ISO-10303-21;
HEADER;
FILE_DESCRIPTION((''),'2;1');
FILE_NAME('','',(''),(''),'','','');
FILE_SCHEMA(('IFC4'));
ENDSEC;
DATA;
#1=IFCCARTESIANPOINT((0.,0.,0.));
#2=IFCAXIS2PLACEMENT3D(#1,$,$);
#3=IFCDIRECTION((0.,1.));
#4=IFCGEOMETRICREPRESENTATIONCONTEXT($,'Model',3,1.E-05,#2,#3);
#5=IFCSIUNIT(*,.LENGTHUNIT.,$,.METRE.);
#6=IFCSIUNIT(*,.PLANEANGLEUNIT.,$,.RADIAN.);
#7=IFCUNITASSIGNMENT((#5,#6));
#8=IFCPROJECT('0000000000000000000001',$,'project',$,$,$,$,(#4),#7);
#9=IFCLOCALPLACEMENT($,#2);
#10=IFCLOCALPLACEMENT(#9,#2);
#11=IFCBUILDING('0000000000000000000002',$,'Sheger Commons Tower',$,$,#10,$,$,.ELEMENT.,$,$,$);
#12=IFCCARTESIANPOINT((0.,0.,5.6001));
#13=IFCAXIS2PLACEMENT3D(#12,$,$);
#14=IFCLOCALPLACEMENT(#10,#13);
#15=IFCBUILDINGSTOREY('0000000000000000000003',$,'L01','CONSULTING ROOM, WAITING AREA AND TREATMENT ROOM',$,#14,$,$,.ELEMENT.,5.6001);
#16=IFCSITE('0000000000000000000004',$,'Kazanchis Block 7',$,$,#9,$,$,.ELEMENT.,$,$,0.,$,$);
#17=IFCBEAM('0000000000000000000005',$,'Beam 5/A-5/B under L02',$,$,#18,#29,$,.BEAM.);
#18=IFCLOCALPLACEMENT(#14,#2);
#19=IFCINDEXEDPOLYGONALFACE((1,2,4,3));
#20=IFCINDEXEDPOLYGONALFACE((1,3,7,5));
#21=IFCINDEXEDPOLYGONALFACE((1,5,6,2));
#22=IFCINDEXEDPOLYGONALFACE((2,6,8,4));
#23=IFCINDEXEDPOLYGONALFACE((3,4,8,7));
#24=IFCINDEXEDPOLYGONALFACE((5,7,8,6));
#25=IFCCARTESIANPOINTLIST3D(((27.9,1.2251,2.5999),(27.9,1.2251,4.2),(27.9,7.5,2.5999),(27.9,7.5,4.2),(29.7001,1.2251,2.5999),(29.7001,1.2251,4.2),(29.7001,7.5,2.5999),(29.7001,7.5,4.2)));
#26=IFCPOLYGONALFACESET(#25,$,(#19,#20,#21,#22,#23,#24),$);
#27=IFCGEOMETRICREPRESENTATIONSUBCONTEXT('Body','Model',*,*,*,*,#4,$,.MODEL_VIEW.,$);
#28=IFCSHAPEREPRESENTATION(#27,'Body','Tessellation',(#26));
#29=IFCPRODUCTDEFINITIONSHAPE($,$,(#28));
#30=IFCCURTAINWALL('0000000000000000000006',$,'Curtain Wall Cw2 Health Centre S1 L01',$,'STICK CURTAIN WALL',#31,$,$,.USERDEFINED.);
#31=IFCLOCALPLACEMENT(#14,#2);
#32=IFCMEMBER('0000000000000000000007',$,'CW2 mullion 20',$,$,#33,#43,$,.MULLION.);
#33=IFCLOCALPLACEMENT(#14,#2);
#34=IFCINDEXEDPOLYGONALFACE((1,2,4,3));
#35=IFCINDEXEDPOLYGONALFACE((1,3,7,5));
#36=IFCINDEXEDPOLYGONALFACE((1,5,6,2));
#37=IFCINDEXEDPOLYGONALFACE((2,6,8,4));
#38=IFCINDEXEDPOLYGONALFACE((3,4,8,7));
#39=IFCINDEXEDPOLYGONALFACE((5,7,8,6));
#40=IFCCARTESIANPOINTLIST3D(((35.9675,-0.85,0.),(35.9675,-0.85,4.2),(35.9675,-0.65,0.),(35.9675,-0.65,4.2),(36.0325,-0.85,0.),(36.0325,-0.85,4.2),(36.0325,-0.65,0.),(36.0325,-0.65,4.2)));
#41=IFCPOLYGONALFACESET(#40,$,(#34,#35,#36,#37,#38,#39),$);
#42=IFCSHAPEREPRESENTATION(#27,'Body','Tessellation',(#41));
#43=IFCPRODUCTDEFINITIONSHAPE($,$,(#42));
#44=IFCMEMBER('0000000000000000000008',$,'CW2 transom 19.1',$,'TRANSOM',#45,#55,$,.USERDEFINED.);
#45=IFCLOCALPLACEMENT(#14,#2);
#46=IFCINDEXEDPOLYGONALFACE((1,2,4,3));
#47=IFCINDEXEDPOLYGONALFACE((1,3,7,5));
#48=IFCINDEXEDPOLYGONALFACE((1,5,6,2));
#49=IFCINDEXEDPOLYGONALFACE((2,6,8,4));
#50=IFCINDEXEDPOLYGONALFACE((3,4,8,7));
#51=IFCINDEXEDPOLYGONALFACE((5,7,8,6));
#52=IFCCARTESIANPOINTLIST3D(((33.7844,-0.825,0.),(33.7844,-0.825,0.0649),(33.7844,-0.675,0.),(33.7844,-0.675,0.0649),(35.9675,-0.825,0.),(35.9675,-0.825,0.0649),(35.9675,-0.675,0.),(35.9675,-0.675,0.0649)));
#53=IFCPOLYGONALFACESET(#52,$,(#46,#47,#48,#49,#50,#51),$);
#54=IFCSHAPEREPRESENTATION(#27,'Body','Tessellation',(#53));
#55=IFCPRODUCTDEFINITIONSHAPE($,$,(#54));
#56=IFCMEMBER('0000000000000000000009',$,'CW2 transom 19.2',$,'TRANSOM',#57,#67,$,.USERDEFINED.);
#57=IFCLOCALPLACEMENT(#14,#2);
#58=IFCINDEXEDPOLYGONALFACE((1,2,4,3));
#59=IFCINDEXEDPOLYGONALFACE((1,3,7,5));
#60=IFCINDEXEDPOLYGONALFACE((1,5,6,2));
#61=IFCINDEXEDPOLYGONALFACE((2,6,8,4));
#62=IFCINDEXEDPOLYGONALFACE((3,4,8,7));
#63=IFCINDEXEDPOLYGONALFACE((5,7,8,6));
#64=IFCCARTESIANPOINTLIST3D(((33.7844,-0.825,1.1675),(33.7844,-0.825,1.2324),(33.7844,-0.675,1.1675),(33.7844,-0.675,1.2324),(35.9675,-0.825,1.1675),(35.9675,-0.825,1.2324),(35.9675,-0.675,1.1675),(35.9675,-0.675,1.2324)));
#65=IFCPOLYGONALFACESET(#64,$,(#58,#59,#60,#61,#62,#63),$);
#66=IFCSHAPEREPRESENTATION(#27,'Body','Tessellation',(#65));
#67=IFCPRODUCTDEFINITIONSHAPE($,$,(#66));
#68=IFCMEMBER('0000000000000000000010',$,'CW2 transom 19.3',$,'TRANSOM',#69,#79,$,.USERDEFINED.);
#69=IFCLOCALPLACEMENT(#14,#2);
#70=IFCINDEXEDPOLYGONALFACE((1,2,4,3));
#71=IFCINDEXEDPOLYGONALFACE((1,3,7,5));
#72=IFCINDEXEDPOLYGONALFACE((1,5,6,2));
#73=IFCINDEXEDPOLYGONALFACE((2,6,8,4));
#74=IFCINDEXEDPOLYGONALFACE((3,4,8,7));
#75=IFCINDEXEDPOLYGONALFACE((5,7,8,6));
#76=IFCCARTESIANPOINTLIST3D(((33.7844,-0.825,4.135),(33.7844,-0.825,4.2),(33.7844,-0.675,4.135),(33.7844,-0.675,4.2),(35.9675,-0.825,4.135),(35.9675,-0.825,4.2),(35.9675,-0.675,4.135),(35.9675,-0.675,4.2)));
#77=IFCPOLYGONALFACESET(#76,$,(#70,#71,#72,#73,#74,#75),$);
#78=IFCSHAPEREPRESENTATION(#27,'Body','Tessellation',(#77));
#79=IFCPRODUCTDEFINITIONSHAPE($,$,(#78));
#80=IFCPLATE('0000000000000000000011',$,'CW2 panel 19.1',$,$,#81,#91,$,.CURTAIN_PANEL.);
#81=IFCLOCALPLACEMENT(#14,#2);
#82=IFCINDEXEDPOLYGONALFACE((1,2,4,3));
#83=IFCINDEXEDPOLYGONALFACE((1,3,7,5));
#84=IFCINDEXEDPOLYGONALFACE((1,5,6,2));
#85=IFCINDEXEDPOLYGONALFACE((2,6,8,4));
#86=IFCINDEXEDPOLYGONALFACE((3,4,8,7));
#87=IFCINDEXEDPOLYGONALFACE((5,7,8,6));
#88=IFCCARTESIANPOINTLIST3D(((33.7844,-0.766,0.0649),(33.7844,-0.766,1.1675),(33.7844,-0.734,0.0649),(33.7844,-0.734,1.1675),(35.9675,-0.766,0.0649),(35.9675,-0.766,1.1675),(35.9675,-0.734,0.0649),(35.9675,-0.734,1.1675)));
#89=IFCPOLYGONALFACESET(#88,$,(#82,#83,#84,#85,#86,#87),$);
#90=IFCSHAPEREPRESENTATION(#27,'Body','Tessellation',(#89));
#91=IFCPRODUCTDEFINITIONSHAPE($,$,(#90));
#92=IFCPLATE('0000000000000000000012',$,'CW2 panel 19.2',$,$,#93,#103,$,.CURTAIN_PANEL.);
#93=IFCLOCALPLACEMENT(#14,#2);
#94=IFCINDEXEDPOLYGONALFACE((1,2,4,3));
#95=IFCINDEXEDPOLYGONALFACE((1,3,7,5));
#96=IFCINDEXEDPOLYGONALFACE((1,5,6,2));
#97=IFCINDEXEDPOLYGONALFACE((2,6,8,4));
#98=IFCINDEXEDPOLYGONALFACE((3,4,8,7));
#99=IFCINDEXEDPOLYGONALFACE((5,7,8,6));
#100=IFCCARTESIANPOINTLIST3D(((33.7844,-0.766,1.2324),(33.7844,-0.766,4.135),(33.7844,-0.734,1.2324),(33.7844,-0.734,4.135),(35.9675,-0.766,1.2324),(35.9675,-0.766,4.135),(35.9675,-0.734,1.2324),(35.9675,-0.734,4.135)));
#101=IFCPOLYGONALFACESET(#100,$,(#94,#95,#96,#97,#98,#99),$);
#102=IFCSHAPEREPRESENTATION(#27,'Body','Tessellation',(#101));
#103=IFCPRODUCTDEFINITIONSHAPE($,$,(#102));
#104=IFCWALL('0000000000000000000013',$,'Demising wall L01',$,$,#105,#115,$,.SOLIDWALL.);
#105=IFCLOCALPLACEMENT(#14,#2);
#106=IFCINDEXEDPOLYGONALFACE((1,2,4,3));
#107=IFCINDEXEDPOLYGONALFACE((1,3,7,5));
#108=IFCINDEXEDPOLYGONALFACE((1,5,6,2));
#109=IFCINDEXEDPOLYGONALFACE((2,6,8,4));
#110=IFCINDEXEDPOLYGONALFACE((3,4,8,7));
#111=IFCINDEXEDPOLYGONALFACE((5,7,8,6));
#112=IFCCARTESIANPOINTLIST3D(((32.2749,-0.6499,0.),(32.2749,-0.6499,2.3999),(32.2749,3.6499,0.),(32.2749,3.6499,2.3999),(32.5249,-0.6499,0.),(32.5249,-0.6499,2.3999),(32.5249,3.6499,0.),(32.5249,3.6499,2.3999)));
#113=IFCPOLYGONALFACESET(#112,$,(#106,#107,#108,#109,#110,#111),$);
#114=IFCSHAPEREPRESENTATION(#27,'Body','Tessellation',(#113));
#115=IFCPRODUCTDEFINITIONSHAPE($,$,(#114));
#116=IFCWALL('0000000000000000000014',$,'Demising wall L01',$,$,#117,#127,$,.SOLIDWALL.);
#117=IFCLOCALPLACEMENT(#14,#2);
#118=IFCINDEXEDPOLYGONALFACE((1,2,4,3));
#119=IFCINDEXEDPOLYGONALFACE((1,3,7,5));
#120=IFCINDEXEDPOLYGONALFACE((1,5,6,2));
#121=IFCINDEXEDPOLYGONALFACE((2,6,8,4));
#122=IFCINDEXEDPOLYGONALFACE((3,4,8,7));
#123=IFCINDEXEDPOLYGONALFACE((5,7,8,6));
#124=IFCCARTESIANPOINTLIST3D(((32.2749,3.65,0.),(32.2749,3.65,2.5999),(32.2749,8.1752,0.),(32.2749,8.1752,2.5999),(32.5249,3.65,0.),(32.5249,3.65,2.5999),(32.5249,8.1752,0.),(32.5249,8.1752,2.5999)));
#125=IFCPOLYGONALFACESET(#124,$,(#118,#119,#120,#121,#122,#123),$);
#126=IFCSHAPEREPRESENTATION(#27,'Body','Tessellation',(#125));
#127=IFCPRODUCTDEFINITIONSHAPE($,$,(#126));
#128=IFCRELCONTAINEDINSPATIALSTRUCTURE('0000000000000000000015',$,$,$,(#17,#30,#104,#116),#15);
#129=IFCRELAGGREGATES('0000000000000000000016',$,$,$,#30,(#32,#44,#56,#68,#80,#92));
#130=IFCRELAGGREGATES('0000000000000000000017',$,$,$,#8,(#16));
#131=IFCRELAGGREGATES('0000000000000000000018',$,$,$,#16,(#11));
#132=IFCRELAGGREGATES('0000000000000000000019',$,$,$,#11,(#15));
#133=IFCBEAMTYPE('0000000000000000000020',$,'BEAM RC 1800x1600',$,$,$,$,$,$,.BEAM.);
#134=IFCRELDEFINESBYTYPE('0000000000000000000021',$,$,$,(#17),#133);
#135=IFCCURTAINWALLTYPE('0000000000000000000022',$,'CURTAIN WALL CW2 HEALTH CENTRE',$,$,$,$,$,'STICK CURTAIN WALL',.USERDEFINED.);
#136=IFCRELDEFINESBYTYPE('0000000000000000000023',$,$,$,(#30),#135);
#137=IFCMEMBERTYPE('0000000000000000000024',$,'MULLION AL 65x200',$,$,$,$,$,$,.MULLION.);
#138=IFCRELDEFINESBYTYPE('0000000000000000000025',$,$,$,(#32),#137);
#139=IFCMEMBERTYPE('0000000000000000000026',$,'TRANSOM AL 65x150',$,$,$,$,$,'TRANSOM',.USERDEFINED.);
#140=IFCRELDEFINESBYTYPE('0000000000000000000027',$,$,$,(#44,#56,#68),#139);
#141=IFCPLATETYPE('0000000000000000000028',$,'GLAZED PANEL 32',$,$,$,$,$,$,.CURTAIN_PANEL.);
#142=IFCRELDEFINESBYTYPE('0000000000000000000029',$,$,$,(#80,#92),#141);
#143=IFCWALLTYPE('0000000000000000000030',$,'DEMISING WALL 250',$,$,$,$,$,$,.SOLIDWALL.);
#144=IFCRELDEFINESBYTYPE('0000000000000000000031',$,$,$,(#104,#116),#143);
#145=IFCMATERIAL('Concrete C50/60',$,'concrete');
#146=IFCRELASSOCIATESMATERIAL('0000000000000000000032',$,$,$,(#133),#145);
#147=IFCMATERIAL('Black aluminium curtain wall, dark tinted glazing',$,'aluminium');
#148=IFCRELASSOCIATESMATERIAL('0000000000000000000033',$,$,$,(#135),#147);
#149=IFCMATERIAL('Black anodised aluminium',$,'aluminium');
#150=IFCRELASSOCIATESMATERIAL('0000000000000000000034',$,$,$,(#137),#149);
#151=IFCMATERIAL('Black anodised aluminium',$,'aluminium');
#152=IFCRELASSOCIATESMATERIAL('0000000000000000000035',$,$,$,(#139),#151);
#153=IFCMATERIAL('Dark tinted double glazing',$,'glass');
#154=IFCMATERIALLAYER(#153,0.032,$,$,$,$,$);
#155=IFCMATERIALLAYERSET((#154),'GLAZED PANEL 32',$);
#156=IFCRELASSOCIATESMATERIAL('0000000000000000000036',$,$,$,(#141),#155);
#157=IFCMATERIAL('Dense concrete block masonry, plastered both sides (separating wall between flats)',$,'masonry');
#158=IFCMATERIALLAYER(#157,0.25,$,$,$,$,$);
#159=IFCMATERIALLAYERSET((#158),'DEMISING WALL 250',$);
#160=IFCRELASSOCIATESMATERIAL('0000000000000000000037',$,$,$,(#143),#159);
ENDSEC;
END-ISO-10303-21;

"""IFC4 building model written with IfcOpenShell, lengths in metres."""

from ifc_helpers import new_model, si_unit, direction, frame, frame_2d, origin, origin_2d, place, context, subcontext, project, spatial, rectangle, extrude, material, layer, layer_set, material_profile, profile_set, type_object, element, aggregate, save


model = new_model("IFC4")

# Units and contexts
model_context = context("Model", 3, precision=1e-05, world=origin(), true_north=direction((0.0, 1.0)))
body_context = subcontext(model_context, "Body", "Model", "MODEL_VIEW")
ifc_project = project(units=[si_unit("LENGTHUNIT", "METRE"), si_unit("PLANEANGLEUNIT", "RADIAN")], contexts=[model_context])

# Site, building, storey
site_placement = place(None, origin())
site = spatial("IfcSite", under=ifc_project, at=site_placement, Name="Kazanchis Block 7", CompositionType="ELEMENT", RefElevation=0.0)
building_placement = place(site_placement, origin())
building = spatial("IfcBuilding", under=site, at=building_placement, Name="Sheger Commons Tower", CompositionType="ELEMENT")
storey_placement = place(building_placement, frame((0.0, 0.0, 5.6001)))
storey = spatial("IfcBuildingStorey", under=building, at=storey_placement, Name="L01", Description="CONSULTING ROOM, WAITING AREA AND TREATMENT ROOM", CompositionType="ELEMENT", Elevation=5.6001)

# Beam
ifc_material_1 = material(Name="Concrete C50/60", Category="concrete")
ifc_material_profile_1 = material_profile(ifc_material_1, rectangle(XDim=1.8, YDim=1.6001, at=origin_2d()), Name="RC 1800x1600")
ifc_profile_set_1 = profile_set([ifc_material_profile_1], Name="Concrete C50/60")
beam_type = type_object("IfcBeamType", Name="BEAM RC 1800x1600", PredefinedType="BEAM", material=ifc_profile_set_1)
beam_placement = place(storey_placement, frame((28.8, 1.2251, 3.3999), z_axis=(0.0, 1.0, 0.0), x_axis=(-1.0, 0.0, 0.0)))
element("IfcBeam", 1, at=beam_placement, inside=storey, type_object=beam_type, Name="Beam 5/A-5/B under L02", PredefinedType="BEAM", context=body_context, shape_type="SweptSolid", body=[
    extrude(rectangle(XDim=1.8, YDim=1.6001, at=origin_2d()), origin(), (0.0, 0.0, 1.0), 6.2749),
])

# Curtain wall, members, plates
ifc_material_2 = material(Name="Black aluminium curtain wall, dark tinted glazing", Category="aluminium")
curtain_wall_type = type_object("IfcCurtainWallType", Name="CURTAIN WALL CW2 HEALTH CENTRE", ElementType="STICK CURTAIN WALL", PredefinedType="USERDEFINED", material=ifc_material_2)
curtain_wall_placement = place(storey_placement, origin())
curtain_wall = element("IfcCurtainWall", 2, at=curtain_wall_placement, inside=storey, type_object=curtain_wall_type, Name="Curtain Wall Cw2 Health Centre S1 L01", ObjectType="STICK CURTAIN WALL", PredefinedType="USERDEFINED")
ifc_material_3 = material(Name="Black anodised aluminium", Category="aluminium")
ifc_material_profile_2 = material_profile(ifc_material_3, rectangle(XDim=0.2, YDim=0.0649, at=origin_2d()), Name="AL 65x200")
ifc_profile_set_2 = profile_set([ifc_material_profile_2], Name="Black anodised aluminium")
member_type_1 = type_object("IfcMemberType", Name="MULLION AL 65x200", PredefinedType="MULLION", material=ifc_profile_set_2)
member_1_placement = place(storey_placement, frame((36.0, -0.75, 0.0), z_axis=(0.0, 0.0, 1.0), x_axis=(0.0, 1.0, 0.0)))
member_1 = element("IfcMember", 3, at=member_1_placement, type_object=member_type_1, Name="CW2 mullion 20", PredefinedType="MULLION", context=body_context, shape_type="SweptSolid", body=[
    extrude(rectangle(XDim=0.2, YDim=0.0649, at=origin_2d()), origin(), (0.0, 0.0, 1.0), 4.2),
])
ifc_material_4 = material(Name="Black anodised aluminium", Category="aluminium")
ifc_material_profile_3 = material_profile(ifc_material_4, rectangle(XDim=0.1499, YDim=0.0649, at=origin_2d()), Name="AL 65x150")
ifc_profile_set_3 = profile_set([ifc_material_profile_3], Name="Black anodised aluminium")
member_type_2 = type_object("IfcMemberType", Name="TRANSOM AL 65x150", ElementType="TRANSOM", PredefinedType="USERDEFINED", material=ifc_profile_set_3)
member_2_placement = place(storey_placement, frame((33.7844, -0.75, 0.0325), z_axis=(1.0, 0.0, 0.0), x_axis=(0.0, 1.0, 0.0)))
member_2 = element("IfcMember", 4, at=member_2_placement, type_object=member_type_2, Name="CW2 transom 19.1", ObjectType="TRANSOM", PredefinedType="USERDEFINED", context=body_context, shape_type="SweptSolid", body=[
    extrude(rectangle(XDim=0.1499, YDim=0.0649, at=origin_2d()), origin(), (0.0, 0.0, 1.0), 2.1831),
])
member_3_placement = place(storey_placement, frame((33.7844, -0.75, 1.2), z_axis=(1.0, 0.0, 0.0), x_axis=(0.0, 1.0, 0.0)))
member_3 = element("IfcMember", 5, at=member_3_placement, type_object=member_type_2, Name="CW2 transom 19.2", ObjectType="TRANSOM", PredefinedType="USERDEFINED", context=body_context, shape_type="SweptSolid", body=[
    extrude(rectangle(XDim=0.1499, YDim=0.0649, at=origin_2d()), origin(), (0.0, 0.0, 1.0), 2.1831),
])
member_4_placement = place(storey_placement, frame((33.7844, -0.75, 4.1675), z_axis=(1.0, 0.0, 0.0), x_axis=(0.0, 1.0, 0.0)))
member_4 = element("IfcMember", 6, at=member_4_placement, type_object=member_type_2, Name="CW2 transom 19.3", ObjectType="TRANSOM", PredefinedType="USERDEFINED", context=body_context, shape_type="SweptSolid", body=[
    extrude(rectangle(XDim=0.1499, YDim=0.0649, at=origin_2d()), origin(), (0.0, 0.0, 1.0), 2.1831),
])
ifc_material_5 = material(Name="Dark tinted double glazing", Category="glass")
ifc_layer_1 = layer(ifc_material_5, 0.032)
ifc_layer_set_1 = layer_set([ifc_layer_1], Name="GLAZED PANEL 32")
plate_type = type_object("IfcPlateType", Name="GLAZED PANEL 32", PredefinedType="CURTAIN_PANEL", material=ifc_layer_set_1)
plate_1_placement = place(storey_placement, frame((34.876, -0.75, 0.0649), z_axis=(0.0, 0.0, 1.0), x_axis=(1.0, 0.0, 0.0)))
plate_1 = element("IfcPlate", 7, at=plate_1_placement, type_object=plate_type, Name="CW2 panel 19.1", PredefinedType="CURTAIN_PANEL", context=body_context, shape_type="SweptSolid", body=[
    extrude(rectangle(XDim=2.1831, YDim=0.032, at=origin_2d()), origin(), (0.0, 0.0, 1.0), 1.1025),
])
plate_2_placement = place(storey_placement, frame((34.876, -0.75, 1.2324), z_axis=(0.0, 0.0, 1.0), x_axis=(1.0, 0.0, 0.0)))
plate_2 = element("IfcPlate", 8, at=plate_2_placement, type_object=plate_type, Name="CW2 panel 19.2", PredefinedType="CURTAIN_PANEL", context=body_context, shape_type="SweptSolid", body=[
    extrude(rectangle(XDim=2.1831, YDim=0.032, at=origin_2d()), origin(), (0.0, 0.0, 1.0), 2.9026),
])
aggregate(curtain_wall, [member_1, member_2, member_3, member_4, plate_1, plate_2])

# Walls
ifc_material_6 = material(Name="Dense concrete block masonry, plastered both sides (separating wall between flats)", Category="masonry")
ifc_layer_2 = layer(ifc_material_6, 0.25)
ifc_layer_set_2 = layer_set([ifc_layer_2], Name="DEMISING WALL 250")
wall_type_1 = type_object("IfcWallType", Name="DEMISING WALL 250", PredefinedType="SOLIDWALL", material=ifc_layer_set_2)
wall_1_placement = place(storey_placement, frame((32.3999, -0.6499, 0.0), z_axis=(0.0, 0.0, 1.0), x_axis=(0.0, 1.0, 0.0)))
element("IfcWall", 9, at=wall_1_placement, inside=storey, type_object=wall_type_1, Name="Demising wall L01", PredefinedType="SOLIDWALL", context=body_context, shape_type="SweptSolid", body=[
    extrude(rectangle(XDim=4.2998, YDim=0.25, at=frame_2d((2.1499, 0.0))), origin(), (0.0, 0.0, 1.0), 2.3999),
])
wall_2_placement = place(storey_placement, frame((32.3999, 3.6499, 0.0), z_axis=(0.0, 0.0, 1.0), x_axis=(0.0, 1.0, 0.0)))
element("IfcWall", 10, at=wall_2_placement, inside=storey, type_object=wall_type_1, Name="Demising wall L01", PredefinedType="SOLIDWALL", context=body_context, shape_type="SweptSolid", body=[
    extrude(rectangle(XDim=4.5251, YDim=0.25, at=frame_2d((2.2627, 0.0))), origin(), (0.0, 0.0, 1.0), 2.5999),
])

save(model, "model.ifc")
